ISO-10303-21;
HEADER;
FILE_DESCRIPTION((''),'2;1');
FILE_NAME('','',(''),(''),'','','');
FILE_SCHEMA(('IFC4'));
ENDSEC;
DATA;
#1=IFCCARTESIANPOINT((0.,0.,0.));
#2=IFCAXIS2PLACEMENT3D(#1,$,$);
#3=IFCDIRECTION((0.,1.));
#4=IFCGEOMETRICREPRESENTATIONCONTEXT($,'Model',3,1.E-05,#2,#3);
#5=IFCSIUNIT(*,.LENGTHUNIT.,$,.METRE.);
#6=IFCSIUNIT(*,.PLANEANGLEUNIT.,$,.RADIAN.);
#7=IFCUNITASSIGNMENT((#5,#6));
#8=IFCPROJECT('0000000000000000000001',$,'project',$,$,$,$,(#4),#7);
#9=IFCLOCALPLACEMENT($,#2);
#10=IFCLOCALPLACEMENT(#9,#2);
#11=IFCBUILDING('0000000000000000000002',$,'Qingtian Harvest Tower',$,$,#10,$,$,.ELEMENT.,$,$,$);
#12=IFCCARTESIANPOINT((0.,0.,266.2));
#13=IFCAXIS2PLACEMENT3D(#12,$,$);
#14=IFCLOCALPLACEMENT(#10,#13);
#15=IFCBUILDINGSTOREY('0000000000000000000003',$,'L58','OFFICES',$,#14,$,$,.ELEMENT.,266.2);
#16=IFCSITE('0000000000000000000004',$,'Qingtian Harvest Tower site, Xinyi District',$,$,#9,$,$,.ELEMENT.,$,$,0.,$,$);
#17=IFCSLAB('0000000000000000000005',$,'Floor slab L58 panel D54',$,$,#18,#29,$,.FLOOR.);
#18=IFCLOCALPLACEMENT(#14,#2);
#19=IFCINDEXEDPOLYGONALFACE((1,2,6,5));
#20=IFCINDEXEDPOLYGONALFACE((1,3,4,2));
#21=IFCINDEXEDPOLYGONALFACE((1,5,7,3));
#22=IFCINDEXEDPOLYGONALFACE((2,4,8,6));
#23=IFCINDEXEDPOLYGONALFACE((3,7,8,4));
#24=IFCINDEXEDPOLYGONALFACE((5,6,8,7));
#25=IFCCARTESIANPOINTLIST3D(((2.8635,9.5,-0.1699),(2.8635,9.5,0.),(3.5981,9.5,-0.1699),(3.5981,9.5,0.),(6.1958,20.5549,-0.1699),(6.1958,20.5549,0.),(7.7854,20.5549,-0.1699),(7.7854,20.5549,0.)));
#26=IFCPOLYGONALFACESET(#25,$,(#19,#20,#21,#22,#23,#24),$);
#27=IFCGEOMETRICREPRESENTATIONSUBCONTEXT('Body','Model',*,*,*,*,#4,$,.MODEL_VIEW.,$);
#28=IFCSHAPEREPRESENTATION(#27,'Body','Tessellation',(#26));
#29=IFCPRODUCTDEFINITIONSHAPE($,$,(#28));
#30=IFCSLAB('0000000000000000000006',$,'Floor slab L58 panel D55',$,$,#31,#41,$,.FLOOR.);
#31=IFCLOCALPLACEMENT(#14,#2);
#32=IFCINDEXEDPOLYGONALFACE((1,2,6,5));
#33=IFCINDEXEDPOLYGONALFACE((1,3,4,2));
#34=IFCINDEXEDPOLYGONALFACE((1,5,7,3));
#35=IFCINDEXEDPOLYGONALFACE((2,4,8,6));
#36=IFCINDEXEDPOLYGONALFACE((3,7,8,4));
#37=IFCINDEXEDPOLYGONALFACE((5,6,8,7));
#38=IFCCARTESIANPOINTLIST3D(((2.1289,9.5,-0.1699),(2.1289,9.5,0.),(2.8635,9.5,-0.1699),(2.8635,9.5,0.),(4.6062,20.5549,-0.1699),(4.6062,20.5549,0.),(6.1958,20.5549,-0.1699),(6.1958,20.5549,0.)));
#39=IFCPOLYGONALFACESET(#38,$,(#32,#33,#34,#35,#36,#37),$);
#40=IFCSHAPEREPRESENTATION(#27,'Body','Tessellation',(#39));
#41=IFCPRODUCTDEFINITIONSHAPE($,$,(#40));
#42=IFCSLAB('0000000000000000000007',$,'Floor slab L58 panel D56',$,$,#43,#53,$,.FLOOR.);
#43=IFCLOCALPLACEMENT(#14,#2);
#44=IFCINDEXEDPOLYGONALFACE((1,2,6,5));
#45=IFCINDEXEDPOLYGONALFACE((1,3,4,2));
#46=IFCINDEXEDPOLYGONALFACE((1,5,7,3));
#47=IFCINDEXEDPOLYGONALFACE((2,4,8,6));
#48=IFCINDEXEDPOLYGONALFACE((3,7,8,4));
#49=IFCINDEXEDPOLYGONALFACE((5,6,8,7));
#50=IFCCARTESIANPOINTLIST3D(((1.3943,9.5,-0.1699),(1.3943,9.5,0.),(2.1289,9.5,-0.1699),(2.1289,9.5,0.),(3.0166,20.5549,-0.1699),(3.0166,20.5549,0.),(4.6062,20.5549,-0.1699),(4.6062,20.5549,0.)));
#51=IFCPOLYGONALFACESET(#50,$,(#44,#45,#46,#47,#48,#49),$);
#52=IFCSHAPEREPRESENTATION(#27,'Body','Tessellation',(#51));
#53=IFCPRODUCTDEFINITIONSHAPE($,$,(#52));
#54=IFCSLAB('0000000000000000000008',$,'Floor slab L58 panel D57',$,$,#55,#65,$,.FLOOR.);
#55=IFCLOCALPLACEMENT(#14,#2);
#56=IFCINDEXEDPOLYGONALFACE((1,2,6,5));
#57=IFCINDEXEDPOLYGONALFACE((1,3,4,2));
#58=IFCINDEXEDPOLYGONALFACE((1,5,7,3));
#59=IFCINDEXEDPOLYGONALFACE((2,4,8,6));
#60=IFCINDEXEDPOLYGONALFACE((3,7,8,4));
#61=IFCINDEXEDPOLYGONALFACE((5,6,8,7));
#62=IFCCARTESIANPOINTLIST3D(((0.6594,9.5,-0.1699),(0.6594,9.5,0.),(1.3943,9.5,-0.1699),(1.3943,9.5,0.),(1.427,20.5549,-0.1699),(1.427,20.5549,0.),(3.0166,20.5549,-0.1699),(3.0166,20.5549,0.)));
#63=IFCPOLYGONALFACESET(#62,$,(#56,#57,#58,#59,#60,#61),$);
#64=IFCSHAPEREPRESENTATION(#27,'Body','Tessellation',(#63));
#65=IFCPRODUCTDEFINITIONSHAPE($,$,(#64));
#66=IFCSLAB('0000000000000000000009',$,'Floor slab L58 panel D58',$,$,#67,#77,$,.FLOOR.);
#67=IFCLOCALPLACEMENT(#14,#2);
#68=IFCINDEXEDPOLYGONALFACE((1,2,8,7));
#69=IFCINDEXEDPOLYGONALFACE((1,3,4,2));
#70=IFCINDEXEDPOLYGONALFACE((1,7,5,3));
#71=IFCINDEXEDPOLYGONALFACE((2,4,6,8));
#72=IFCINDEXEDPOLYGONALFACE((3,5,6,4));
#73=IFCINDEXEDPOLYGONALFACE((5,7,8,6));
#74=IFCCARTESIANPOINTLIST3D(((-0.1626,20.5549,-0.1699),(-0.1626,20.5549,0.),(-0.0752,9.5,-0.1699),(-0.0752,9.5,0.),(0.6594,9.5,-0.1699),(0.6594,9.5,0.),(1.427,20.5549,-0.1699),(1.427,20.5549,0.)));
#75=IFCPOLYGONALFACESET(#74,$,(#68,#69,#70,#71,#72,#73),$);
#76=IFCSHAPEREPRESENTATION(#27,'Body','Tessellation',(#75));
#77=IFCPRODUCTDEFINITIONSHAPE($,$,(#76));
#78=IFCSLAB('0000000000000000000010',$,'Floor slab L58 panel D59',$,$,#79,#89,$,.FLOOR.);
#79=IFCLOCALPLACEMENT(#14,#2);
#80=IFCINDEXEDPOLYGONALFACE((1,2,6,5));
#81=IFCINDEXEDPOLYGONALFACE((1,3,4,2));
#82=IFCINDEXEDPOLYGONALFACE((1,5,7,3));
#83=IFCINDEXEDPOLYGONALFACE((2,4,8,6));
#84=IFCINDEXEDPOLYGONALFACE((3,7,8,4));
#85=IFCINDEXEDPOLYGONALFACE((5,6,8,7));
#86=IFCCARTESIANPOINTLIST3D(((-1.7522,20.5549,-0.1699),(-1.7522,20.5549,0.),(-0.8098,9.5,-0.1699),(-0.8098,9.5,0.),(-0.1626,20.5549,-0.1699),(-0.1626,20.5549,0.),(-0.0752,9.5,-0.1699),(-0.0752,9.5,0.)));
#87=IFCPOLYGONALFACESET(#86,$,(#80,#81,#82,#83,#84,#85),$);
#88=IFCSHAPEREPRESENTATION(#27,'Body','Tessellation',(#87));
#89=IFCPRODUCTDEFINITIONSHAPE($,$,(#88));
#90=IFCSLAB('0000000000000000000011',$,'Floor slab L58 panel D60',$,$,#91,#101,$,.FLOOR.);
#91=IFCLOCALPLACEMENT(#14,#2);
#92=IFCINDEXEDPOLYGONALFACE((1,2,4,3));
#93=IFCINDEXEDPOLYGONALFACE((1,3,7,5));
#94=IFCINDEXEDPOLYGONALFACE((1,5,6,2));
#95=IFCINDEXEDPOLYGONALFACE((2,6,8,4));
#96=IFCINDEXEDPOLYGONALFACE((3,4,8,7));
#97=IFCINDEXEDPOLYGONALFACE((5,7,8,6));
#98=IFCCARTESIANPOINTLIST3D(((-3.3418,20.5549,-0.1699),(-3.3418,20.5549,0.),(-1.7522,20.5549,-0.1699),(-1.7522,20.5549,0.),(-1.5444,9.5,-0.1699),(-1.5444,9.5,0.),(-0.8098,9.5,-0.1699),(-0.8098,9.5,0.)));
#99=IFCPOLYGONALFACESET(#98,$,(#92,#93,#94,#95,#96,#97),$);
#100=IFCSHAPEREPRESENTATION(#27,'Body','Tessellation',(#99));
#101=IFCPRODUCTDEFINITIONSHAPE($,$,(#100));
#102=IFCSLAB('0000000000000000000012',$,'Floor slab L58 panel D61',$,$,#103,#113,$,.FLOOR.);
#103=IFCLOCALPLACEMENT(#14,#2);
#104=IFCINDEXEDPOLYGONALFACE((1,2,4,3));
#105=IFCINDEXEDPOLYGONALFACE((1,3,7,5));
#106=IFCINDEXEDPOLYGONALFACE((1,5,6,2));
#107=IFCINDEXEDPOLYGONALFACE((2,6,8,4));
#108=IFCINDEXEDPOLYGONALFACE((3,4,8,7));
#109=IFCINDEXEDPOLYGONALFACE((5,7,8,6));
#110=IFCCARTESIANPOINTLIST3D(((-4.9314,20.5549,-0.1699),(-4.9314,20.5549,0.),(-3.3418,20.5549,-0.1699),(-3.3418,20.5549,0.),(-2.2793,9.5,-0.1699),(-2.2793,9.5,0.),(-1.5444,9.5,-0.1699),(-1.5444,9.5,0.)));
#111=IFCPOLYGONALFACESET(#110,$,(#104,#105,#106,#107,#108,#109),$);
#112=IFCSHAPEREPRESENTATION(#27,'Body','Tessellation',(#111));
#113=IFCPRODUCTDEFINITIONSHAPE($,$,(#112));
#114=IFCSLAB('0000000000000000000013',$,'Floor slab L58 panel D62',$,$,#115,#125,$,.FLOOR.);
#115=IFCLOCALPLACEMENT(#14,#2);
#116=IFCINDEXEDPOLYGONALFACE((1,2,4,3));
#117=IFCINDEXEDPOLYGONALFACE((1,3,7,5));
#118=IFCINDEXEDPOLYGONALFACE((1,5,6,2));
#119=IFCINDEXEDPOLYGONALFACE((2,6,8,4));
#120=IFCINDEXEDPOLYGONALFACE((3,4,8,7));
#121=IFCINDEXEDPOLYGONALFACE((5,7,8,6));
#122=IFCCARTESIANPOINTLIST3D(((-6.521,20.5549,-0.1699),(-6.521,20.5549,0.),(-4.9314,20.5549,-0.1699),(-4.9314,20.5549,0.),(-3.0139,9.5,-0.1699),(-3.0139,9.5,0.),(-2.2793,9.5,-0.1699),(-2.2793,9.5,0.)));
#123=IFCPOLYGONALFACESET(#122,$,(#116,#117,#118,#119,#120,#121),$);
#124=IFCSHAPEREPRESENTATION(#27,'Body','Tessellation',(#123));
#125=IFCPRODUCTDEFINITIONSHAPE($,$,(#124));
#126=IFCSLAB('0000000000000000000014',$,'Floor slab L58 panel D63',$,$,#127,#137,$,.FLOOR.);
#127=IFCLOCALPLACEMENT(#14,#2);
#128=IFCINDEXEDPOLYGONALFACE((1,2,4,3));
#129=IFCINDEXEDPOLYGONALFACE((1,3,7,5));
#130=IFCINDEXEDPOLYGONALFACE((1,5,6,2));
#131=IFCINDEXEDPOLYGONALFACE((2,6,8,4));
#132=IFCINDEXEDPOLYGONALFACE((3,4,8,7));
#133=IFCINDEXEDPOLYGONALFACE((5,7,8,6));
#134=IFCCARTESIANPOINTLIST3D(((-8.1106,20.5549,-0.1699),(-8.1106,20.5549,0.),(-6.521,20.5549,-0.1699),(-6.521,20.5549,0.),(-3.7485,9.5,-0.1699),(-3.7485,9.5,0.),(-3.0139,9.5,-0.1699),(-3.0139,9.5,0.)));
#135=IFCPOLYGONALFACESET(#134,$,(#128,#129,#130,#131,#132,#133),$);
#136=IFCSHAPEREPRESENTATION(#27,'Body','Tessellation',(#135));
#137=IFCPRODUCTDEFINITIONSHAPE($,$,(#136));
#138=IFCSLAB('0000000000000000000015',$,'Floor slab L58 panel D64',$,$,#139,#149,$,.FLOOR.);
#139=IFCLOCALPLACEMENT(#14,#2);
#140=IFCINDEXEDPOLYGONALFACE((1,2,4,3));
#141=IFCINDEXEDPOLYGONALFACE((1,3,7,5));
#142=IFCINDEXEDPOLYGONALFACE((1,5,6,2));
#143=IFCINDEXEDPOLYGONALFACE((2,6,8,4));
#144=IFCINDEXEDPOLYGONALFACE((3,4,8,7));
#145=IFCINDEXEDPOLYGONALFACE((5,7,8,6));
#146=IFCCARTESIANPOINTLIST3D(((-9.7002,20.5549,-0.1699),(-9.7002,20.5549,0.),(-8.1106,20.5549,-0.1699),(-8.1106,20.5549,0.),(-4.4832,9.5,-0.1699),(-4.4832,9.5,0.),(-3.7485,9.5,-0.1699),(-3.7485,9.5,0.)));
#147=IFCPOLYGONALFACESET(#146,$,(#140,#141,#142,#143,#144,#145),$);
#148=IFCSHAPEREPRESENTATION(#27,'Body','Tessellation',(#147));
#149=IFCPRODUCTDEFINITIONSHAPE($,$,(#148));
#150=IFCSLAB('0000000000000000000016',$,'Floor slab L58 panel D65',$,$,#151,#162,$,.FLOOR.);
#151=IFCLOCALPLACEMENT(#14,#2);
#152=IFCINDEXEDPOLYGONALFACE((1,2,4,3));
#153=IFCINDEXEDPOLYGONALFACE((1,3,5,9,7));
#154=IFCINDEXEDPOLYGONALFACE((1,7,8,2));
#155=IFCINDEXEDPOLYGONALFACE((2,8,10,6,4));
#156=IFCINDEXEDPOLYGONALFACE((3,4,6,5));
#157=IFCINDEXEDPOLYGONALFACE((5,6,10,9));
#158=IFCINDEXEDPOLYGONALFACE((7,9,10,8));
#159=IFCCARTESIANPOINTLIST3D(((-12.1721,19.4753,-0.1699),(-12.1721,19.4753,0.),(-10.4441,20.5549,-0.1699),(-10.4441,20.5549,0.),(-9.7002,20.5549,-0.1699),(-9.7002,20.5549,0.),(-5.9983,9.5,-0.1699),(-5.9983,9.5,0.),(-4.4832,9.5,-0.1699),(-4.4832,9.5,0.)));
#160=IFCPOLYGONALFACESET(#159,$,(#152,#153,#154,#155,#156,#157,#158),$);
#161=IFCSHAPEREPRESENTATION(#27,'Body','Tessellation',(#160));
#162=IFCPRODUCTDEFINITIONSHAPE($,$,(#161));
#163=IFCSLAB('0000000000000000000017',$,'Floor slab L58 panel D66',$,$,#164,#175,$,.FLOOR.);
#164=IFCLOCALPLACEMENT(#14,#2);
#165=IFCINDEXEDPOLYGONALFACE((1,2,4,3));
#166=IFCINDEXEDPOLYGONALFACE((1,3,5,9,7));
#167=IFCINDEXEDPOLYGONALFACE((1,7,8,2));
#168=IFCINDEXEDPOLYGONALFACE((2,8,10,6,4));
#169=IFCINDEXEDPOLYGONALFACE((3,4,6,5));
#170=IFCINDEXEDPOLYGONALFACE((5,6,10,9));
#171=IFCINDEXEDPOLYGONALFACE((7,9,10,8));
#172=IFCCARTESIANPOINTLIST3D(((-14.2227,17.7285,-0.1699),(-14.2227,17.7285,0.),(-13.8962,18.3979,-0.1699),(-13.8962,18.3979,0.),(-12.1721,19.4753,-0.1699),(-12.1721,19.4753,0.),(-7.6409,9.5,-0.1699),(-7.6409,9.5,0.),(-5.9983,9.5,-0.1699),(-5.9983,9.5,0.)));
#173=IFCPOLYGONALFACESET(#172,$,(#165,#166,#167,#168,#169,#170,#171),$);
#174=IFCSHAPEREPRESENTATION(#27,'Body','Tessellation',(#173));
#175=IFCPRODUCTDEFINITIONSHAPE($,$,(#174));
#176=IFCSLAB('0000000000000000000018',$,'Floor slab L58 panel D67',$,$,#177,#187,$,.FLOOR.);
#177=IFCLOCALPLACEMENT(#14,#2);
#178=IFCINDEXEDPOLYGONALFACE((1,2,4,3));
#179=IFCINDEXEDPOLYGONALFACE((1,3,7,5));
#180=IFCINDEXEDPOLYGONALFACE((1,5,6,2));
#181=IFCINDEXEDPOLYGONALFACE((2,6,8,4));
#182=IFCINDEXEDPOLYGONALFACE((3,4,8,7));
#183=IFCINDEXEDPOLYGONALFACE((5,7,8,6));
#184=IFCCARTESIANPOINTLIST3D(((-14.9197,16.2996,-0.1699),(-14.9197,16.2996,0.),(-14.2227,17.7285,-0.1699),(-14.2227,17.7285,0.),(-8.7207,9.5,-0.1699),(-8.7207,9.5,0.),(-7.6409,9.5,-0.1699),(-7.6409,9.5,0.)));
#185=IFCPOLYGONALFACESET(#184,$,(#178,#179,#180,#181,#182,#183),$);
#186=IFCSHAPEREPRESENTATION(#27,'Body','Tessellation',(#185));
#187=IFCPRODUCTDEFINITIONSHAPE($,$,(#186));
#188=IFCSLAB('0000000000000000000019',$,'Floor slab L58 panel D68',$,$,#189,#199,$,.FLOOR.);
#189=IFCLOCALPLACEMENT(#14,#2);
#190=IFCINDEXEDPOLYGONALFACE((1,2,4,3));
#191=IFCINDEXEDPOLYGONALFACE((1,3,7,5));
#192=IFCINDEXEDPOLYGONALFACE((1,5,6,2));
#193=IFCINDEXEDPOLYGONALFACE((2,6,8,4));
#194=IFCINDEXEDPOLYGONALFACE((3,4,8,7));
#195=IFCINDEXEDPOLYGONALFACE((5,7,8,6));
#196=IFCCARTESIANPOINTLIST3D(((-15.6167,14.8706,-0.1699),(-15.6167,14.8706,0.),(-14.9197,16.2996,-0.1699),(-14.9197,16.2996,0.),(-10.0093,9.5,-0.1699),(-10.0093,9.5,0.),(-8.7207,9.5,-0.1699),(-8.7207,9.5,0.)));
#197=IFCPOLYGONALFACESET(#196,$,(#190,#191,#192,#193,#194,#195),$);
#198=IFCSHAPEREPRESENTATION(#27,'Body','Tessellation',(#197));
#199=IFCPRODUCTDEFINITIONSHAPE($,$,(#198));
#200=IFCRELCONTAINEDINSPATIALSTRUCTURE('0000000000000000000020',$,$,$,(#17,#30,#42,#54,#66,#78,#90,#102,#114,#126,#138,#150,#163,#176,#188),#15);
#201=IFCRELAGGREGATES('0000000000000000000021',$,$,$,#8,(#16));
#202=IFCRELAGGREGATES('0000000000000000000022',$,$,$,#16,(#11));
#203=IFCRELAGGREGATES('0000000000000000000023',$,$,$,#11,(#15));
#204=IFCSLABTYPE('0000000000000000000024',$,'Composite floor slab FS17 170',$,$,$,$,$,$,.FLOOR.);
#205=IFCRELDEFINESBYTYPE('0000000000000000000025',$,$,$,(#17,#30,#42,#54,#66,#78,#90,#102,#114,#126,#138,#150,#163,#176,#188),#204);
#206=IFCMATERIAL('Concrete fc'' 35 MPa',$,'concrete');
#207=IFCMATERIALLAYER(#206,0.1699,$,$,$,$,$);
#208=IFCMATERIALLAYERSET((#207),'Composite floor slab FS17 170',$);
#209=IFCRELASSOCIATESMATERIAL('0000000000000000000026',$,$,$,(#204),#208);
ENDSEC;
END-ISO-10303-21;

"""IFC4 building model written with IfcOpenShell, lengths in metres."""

from ifc_helpers import new_model, si_unit, direction, frame, origin, place, context, subcontext, project, spatial, polyline, outline, extrude, material, layer, layer_set, type_object, element, save


model = new_model("IFC4")

# Units and contexts
model_context = context("Model", 3, precision=1e-05, world=origin(), true_north=direction((0.0, 1.0)))
body_context = subcontext(model_context, "Body", "Model", "MODEL_VIEW")
ifc_project = project(units=[si_unit("LENGTHUNIT", "METRE"), si_unit("PLANEANGLEUNIT", "RADIAN")], contexts=[model_context])

# Site, building, storey
site_placement = place(None, origin())
site = spatial("IfcSite", under=ifc_project, at=site_placement, Name="Qingtian Harvest Tower site, Xinyi District", CompositionType="ELEMENT", RefElevation=0.0)
building_placement = place(site_placement, origin())
building = spatial("IfcBuilding", under=site, at=building_placement, Name="Qingtian Harvest Tower", CompositionType="ELEMENT")
storey_placement = place(building_placement, frame((0.0, 0.0, 266.2)))
storey = spatial("IfcBuildingStorey", under=building, at=storey_placement, Name="L58", Description="OFFICES", CompositionType="ELEMENT", Elevation=266.2)

# Slabs
ifc_material_1 = material(Name="Concrete fc' 35 MPa", Category="concrete")
ifc_layer_1 = layer(ifc_material_1, 0.1699)
ifc_layer_set_1 = layer_set([ifc_layer_1], Name="Composite floor slab FS17 170")
slab_type = type_object("IfcSlabType", Name="Composite floor slab FS17 170", PredefinedType="FLOOR", material=ifc_layer_set_1)
slab_1_placement = place(storey_placement, frame((0.0, 0.0, -0.1699)))
element("IfcSlab", 1, at=slab_1_placement, inside=storey, type_object=slab_type, Name="Floor slab L58 panel D54", PredefinedType="FLOOR", context=body_context, shape_type="SweptSolid", body=[
    extrude(outline(polyline([(2.8635, 9.5), (6.1958, 20.5549), (7.7854, 20.5549), (3.5981, 9.5), (2.8635, 9.5)])), origin(), (0.0, 0.0, 1.0), 0.1699),
])
slab_2_placement = place(storey_placement, frame((0.0, 0.0, -0.1699)))
element("IfcSlab", 2, at=slab_2_placement, inside=storey, type_object=slab_type, Name="Floor slab L58 panel D55", PredefinedType="FLOOR", context=body_context, shape_type="SweptSolid", body=[
    extrude(outline(polyline([(2.1289, 9.5), (4.6062, 20.5549), (6.1958, 20.5549), (2.8635, 9.5), (2.1289, 9.5)])), origin(), (0.0, 0.0, 1.0), 0.1699),
])
slab_3_placement = place(storey_placement, frame((0.0, 0.0, -0.1699)))
element("IfcSlab", 3, at=slab_3_placement, inside=storey, type_object=slab_type, Name="Floor slab L58 panel D56", PredefinedType="FLOOR", context=body_context, shape_type="SweptSolid", body=[
    extrude(outline(polyline([(1.3943, 9.5), (3.0166, 20.5549), (4.6062, 20.5549), (2.1289, 9.5), (1.3943, 9.5)])), origin(), (0.0, 0.0, 1.0), 0.1699),
])
slab_4_placement = place(storey_placement, frame((0.0, 0.0, -0.1699)))
element("IfcSlab", 4, at=slab_4_placement, inside=storey, type_object=slab_type, Name="Floor slab L58 panel D57", PredefinedType="FLOOR", context=body_context, shape_type="SweptSolid", body=[
    extrude(outline(polyline([(0.6594, 9.5), (1.427, 20.5549), (3.0166, 20.5549), (1.3943, 9.5), (0.6594, 9.5)])), origin(), (0.0, 0.0, 1.0), 0.1699),
])
slab_5_placement = place(storey_placement, frame((0.0, 0.0, -0.1699)))
element("IfcSlab", 5, at=slab_5_placement, inside=storey, type_object=slab_type, Name="Floor slab L58 panel D58", PredefinedType="FLOOR", context=body_context, shape_type="SweptSolid", body=[
    extrude(outline(polyline([(-0.0752, 9.5), (-0.1626, 20.5549), (1.427, 20.5549), (0.6594, 9.5), (-0.0752, 9.5)])), origin(), (0.0, 0.0, 1.0), 0.1699),
])
slab_6_placement = place(storey_placement, frame((0.0, 0.0, -0.1699)))
element("IfcSlab", 6, at=slab_6_placement, inside=storey, type_object=slab_type, Name="Floor slab L58 panel D59", PredefinedType="FLOOR", context=body_context, shape_type="SweptSolid", body=[
    extrude(outline(polyline([(-0.8098, 9.5), (-1.7522, 20.5549), (-0.1626, 20.5549), (-0.0752, 9.5), (-0.8098, 9.5)])), origin(), (0.0, 0.0, 1.0), 0.1699),
])
slab_7_placement = place(storey_placement, frame((0.0, 0.0, -0.1699)))
element("IfcSlab", 7, at=slab_7_placement, inside=storey, type_object=slab_type, Name="Floor slab L58 panel D60", PredefinedType="FLOOR", context=body_context, shape_type="SweptSolid", body=[
    extrude(outline(polyline([(-1.5444, 9.5), (-3.3418, 20.5549), (-1.7522, 20.5549), (-0.8098, 9.5), (-1.5444, 9.5)])), origin(), (0.0, 0.0, 1.0), 0.1699),
])
slab_8_placement = place(storey_placement, frame((0.0, 0.0, -0.1699)))
element("IfcSlab", 8, at=slab_8_placement, inside=storey, type_object=slab_type, Name="Floor slab L58 panel D61", PredefinedType="FLOOR", context=body_context, shape_type="SweptSolid", body=[
    extrude(outline(polyline([(-2.2793, 9.5), (-4.9314, 20.5549), (-3.3418, 20.5549), (-1.5444, 9.5), (-2.2793, 9.5)])), origin(), (0.0, 0.0, 1.0), 0.1699),
])
slab_9_placement = place(storey_placement, frame((0.0, 0.0, -0.1699)))
element("IfcSlab", 9, at=slab_9_placement, inside=storey, type_object=slab_type, Name="Floor slab L58 panel D62", PredefinedType="FLOOR", context=body_context, shape_type="SweptSolid", body=[
    extrude(outline(polyline([(-3.0139, 9.5), (-6.521, 20.5549), (-4.9314, 20.5549), (-2.2793, 9.5), (-3.0139, 9.5)])), origin(), (0.0, 0.0, 1.0), 0.1699),
])
slab_10_placement = place(storey_placement, frame((0.0, 0.0, -0.1699)))
element("IfcSlab", 10, at=slab_10_placement, inside=storey, type_object=slab_type, Name="Floor slab L58 panel D63", PredefinedType="FLOOR", context=body_context, shape_type="SweptSolid", body=[
    extrude(outline(polyline([(-3.7485, 9.5), (-8.1106, 20.5549), (-6.521, 20.5549), (-3.0139, 9.5), (-3.7485, 9.5)])), origin(), (0.0, 0.0, 1.0), 0.1699),
])
slab_11_placement = place(storey_placement, frame((0.0, 0.0, -0.1699)))
element("IfcSlab", 11, at=slab_11_placement, inside=storey, type_object=slab_type, Name="Floor slab L58 panel D64", PredefinedType="FLOOR", context=body_context, shape_type="SweptSolid", body=[
    extrude(outline(polyline([(-4.4832, 9.5), (-9.7002, 20.5549), (-8.1106, 20.5549), (-3.7485, 9.5), (-4.4832, 9.5)])), origin(), (0.0, 0.0, 1.0), 0.1699),
])
slab_12_placement = place(storey_placement, frame((0.0, 0.0, -0.1699)))
element("IfcSlab", 12, at=slab_12_placement, inside=storey, type_object=slab_type, Name="Floor slab L58 panel D65", PredefinedType="FLOOR", context=body_context, shape_type="SweptSolid", body=[
    extrude(outline(polyline([(-4.4832, 9.5), (-5.9983, 9.5), (-12.1721, 19.4753), (-10.4441, 20.5549), (-9.7002, 20.5549), (-4.4832, 9.5)])), origin(), (0.0, 0.0, 1.0), 0.1699),
])
slab_13_placement = place(storey_placement, frame((0.0, 0.0, -0.1699)))
element("IfcSlab", 13, at=slab_13_placement, inside=storey, type_object=slab_type, Name="Floor slab L58 panel D66", PredefinedType="FLOOR", context=body_context, shape_type="SweptSolid", body=[
    extrude(outline(polyline([(-5.9983, 9.5), (-7.6409, 9.5), (-14.2227, 17.7285), (-13.8962, 18.3979), (-12.1721, 19.4753), (-5.9983, 9.5)])), origin(), (0.0, 0.0, 1.0), 0.1699),
])
slab_14_placement = place(storey_placement, frame((0.0, 0.0, -0.1699)))
element("IfcSlab", 14, at=slab_14_placement, inside=storey, type_object=slab_type, Name="Floor slab L58 panel D67", PredefinedType="FLOOR", context=body_context, shape_type="SweptSolid", body=[
    extrude(outline(polyline([(-8.7207, 9.5), (-14.9197, 16.2996), (-14.2227, 17.7285), (-7.6409, 9.5), (-8.7207, 9.5)])), origin(), (0.0, 0.0, 1.0), 0.1699),
])
slab_15_placement = place(storey_placement, frame((0.0, 0.0, -0.1699)))
element("IfcSlab", 15, at=slab_15_placement, inside=storey, type_object=slab_type, Name="Floor slab L58 panel D68", PredefinedType="FLOOR", context=body_context, shape_type="SweptSolid", body=[
    extrude(outline(polyline([(-10.0093, 9.5), (-15.6167, 14.8706), (-14.9197, 16.2996), (-8.7207, 9.5), (-10.0093, 9.5)])), origin(), (0.0, 0.0, 1.0), 0.1699),
])

save(model, "model.ifc")
